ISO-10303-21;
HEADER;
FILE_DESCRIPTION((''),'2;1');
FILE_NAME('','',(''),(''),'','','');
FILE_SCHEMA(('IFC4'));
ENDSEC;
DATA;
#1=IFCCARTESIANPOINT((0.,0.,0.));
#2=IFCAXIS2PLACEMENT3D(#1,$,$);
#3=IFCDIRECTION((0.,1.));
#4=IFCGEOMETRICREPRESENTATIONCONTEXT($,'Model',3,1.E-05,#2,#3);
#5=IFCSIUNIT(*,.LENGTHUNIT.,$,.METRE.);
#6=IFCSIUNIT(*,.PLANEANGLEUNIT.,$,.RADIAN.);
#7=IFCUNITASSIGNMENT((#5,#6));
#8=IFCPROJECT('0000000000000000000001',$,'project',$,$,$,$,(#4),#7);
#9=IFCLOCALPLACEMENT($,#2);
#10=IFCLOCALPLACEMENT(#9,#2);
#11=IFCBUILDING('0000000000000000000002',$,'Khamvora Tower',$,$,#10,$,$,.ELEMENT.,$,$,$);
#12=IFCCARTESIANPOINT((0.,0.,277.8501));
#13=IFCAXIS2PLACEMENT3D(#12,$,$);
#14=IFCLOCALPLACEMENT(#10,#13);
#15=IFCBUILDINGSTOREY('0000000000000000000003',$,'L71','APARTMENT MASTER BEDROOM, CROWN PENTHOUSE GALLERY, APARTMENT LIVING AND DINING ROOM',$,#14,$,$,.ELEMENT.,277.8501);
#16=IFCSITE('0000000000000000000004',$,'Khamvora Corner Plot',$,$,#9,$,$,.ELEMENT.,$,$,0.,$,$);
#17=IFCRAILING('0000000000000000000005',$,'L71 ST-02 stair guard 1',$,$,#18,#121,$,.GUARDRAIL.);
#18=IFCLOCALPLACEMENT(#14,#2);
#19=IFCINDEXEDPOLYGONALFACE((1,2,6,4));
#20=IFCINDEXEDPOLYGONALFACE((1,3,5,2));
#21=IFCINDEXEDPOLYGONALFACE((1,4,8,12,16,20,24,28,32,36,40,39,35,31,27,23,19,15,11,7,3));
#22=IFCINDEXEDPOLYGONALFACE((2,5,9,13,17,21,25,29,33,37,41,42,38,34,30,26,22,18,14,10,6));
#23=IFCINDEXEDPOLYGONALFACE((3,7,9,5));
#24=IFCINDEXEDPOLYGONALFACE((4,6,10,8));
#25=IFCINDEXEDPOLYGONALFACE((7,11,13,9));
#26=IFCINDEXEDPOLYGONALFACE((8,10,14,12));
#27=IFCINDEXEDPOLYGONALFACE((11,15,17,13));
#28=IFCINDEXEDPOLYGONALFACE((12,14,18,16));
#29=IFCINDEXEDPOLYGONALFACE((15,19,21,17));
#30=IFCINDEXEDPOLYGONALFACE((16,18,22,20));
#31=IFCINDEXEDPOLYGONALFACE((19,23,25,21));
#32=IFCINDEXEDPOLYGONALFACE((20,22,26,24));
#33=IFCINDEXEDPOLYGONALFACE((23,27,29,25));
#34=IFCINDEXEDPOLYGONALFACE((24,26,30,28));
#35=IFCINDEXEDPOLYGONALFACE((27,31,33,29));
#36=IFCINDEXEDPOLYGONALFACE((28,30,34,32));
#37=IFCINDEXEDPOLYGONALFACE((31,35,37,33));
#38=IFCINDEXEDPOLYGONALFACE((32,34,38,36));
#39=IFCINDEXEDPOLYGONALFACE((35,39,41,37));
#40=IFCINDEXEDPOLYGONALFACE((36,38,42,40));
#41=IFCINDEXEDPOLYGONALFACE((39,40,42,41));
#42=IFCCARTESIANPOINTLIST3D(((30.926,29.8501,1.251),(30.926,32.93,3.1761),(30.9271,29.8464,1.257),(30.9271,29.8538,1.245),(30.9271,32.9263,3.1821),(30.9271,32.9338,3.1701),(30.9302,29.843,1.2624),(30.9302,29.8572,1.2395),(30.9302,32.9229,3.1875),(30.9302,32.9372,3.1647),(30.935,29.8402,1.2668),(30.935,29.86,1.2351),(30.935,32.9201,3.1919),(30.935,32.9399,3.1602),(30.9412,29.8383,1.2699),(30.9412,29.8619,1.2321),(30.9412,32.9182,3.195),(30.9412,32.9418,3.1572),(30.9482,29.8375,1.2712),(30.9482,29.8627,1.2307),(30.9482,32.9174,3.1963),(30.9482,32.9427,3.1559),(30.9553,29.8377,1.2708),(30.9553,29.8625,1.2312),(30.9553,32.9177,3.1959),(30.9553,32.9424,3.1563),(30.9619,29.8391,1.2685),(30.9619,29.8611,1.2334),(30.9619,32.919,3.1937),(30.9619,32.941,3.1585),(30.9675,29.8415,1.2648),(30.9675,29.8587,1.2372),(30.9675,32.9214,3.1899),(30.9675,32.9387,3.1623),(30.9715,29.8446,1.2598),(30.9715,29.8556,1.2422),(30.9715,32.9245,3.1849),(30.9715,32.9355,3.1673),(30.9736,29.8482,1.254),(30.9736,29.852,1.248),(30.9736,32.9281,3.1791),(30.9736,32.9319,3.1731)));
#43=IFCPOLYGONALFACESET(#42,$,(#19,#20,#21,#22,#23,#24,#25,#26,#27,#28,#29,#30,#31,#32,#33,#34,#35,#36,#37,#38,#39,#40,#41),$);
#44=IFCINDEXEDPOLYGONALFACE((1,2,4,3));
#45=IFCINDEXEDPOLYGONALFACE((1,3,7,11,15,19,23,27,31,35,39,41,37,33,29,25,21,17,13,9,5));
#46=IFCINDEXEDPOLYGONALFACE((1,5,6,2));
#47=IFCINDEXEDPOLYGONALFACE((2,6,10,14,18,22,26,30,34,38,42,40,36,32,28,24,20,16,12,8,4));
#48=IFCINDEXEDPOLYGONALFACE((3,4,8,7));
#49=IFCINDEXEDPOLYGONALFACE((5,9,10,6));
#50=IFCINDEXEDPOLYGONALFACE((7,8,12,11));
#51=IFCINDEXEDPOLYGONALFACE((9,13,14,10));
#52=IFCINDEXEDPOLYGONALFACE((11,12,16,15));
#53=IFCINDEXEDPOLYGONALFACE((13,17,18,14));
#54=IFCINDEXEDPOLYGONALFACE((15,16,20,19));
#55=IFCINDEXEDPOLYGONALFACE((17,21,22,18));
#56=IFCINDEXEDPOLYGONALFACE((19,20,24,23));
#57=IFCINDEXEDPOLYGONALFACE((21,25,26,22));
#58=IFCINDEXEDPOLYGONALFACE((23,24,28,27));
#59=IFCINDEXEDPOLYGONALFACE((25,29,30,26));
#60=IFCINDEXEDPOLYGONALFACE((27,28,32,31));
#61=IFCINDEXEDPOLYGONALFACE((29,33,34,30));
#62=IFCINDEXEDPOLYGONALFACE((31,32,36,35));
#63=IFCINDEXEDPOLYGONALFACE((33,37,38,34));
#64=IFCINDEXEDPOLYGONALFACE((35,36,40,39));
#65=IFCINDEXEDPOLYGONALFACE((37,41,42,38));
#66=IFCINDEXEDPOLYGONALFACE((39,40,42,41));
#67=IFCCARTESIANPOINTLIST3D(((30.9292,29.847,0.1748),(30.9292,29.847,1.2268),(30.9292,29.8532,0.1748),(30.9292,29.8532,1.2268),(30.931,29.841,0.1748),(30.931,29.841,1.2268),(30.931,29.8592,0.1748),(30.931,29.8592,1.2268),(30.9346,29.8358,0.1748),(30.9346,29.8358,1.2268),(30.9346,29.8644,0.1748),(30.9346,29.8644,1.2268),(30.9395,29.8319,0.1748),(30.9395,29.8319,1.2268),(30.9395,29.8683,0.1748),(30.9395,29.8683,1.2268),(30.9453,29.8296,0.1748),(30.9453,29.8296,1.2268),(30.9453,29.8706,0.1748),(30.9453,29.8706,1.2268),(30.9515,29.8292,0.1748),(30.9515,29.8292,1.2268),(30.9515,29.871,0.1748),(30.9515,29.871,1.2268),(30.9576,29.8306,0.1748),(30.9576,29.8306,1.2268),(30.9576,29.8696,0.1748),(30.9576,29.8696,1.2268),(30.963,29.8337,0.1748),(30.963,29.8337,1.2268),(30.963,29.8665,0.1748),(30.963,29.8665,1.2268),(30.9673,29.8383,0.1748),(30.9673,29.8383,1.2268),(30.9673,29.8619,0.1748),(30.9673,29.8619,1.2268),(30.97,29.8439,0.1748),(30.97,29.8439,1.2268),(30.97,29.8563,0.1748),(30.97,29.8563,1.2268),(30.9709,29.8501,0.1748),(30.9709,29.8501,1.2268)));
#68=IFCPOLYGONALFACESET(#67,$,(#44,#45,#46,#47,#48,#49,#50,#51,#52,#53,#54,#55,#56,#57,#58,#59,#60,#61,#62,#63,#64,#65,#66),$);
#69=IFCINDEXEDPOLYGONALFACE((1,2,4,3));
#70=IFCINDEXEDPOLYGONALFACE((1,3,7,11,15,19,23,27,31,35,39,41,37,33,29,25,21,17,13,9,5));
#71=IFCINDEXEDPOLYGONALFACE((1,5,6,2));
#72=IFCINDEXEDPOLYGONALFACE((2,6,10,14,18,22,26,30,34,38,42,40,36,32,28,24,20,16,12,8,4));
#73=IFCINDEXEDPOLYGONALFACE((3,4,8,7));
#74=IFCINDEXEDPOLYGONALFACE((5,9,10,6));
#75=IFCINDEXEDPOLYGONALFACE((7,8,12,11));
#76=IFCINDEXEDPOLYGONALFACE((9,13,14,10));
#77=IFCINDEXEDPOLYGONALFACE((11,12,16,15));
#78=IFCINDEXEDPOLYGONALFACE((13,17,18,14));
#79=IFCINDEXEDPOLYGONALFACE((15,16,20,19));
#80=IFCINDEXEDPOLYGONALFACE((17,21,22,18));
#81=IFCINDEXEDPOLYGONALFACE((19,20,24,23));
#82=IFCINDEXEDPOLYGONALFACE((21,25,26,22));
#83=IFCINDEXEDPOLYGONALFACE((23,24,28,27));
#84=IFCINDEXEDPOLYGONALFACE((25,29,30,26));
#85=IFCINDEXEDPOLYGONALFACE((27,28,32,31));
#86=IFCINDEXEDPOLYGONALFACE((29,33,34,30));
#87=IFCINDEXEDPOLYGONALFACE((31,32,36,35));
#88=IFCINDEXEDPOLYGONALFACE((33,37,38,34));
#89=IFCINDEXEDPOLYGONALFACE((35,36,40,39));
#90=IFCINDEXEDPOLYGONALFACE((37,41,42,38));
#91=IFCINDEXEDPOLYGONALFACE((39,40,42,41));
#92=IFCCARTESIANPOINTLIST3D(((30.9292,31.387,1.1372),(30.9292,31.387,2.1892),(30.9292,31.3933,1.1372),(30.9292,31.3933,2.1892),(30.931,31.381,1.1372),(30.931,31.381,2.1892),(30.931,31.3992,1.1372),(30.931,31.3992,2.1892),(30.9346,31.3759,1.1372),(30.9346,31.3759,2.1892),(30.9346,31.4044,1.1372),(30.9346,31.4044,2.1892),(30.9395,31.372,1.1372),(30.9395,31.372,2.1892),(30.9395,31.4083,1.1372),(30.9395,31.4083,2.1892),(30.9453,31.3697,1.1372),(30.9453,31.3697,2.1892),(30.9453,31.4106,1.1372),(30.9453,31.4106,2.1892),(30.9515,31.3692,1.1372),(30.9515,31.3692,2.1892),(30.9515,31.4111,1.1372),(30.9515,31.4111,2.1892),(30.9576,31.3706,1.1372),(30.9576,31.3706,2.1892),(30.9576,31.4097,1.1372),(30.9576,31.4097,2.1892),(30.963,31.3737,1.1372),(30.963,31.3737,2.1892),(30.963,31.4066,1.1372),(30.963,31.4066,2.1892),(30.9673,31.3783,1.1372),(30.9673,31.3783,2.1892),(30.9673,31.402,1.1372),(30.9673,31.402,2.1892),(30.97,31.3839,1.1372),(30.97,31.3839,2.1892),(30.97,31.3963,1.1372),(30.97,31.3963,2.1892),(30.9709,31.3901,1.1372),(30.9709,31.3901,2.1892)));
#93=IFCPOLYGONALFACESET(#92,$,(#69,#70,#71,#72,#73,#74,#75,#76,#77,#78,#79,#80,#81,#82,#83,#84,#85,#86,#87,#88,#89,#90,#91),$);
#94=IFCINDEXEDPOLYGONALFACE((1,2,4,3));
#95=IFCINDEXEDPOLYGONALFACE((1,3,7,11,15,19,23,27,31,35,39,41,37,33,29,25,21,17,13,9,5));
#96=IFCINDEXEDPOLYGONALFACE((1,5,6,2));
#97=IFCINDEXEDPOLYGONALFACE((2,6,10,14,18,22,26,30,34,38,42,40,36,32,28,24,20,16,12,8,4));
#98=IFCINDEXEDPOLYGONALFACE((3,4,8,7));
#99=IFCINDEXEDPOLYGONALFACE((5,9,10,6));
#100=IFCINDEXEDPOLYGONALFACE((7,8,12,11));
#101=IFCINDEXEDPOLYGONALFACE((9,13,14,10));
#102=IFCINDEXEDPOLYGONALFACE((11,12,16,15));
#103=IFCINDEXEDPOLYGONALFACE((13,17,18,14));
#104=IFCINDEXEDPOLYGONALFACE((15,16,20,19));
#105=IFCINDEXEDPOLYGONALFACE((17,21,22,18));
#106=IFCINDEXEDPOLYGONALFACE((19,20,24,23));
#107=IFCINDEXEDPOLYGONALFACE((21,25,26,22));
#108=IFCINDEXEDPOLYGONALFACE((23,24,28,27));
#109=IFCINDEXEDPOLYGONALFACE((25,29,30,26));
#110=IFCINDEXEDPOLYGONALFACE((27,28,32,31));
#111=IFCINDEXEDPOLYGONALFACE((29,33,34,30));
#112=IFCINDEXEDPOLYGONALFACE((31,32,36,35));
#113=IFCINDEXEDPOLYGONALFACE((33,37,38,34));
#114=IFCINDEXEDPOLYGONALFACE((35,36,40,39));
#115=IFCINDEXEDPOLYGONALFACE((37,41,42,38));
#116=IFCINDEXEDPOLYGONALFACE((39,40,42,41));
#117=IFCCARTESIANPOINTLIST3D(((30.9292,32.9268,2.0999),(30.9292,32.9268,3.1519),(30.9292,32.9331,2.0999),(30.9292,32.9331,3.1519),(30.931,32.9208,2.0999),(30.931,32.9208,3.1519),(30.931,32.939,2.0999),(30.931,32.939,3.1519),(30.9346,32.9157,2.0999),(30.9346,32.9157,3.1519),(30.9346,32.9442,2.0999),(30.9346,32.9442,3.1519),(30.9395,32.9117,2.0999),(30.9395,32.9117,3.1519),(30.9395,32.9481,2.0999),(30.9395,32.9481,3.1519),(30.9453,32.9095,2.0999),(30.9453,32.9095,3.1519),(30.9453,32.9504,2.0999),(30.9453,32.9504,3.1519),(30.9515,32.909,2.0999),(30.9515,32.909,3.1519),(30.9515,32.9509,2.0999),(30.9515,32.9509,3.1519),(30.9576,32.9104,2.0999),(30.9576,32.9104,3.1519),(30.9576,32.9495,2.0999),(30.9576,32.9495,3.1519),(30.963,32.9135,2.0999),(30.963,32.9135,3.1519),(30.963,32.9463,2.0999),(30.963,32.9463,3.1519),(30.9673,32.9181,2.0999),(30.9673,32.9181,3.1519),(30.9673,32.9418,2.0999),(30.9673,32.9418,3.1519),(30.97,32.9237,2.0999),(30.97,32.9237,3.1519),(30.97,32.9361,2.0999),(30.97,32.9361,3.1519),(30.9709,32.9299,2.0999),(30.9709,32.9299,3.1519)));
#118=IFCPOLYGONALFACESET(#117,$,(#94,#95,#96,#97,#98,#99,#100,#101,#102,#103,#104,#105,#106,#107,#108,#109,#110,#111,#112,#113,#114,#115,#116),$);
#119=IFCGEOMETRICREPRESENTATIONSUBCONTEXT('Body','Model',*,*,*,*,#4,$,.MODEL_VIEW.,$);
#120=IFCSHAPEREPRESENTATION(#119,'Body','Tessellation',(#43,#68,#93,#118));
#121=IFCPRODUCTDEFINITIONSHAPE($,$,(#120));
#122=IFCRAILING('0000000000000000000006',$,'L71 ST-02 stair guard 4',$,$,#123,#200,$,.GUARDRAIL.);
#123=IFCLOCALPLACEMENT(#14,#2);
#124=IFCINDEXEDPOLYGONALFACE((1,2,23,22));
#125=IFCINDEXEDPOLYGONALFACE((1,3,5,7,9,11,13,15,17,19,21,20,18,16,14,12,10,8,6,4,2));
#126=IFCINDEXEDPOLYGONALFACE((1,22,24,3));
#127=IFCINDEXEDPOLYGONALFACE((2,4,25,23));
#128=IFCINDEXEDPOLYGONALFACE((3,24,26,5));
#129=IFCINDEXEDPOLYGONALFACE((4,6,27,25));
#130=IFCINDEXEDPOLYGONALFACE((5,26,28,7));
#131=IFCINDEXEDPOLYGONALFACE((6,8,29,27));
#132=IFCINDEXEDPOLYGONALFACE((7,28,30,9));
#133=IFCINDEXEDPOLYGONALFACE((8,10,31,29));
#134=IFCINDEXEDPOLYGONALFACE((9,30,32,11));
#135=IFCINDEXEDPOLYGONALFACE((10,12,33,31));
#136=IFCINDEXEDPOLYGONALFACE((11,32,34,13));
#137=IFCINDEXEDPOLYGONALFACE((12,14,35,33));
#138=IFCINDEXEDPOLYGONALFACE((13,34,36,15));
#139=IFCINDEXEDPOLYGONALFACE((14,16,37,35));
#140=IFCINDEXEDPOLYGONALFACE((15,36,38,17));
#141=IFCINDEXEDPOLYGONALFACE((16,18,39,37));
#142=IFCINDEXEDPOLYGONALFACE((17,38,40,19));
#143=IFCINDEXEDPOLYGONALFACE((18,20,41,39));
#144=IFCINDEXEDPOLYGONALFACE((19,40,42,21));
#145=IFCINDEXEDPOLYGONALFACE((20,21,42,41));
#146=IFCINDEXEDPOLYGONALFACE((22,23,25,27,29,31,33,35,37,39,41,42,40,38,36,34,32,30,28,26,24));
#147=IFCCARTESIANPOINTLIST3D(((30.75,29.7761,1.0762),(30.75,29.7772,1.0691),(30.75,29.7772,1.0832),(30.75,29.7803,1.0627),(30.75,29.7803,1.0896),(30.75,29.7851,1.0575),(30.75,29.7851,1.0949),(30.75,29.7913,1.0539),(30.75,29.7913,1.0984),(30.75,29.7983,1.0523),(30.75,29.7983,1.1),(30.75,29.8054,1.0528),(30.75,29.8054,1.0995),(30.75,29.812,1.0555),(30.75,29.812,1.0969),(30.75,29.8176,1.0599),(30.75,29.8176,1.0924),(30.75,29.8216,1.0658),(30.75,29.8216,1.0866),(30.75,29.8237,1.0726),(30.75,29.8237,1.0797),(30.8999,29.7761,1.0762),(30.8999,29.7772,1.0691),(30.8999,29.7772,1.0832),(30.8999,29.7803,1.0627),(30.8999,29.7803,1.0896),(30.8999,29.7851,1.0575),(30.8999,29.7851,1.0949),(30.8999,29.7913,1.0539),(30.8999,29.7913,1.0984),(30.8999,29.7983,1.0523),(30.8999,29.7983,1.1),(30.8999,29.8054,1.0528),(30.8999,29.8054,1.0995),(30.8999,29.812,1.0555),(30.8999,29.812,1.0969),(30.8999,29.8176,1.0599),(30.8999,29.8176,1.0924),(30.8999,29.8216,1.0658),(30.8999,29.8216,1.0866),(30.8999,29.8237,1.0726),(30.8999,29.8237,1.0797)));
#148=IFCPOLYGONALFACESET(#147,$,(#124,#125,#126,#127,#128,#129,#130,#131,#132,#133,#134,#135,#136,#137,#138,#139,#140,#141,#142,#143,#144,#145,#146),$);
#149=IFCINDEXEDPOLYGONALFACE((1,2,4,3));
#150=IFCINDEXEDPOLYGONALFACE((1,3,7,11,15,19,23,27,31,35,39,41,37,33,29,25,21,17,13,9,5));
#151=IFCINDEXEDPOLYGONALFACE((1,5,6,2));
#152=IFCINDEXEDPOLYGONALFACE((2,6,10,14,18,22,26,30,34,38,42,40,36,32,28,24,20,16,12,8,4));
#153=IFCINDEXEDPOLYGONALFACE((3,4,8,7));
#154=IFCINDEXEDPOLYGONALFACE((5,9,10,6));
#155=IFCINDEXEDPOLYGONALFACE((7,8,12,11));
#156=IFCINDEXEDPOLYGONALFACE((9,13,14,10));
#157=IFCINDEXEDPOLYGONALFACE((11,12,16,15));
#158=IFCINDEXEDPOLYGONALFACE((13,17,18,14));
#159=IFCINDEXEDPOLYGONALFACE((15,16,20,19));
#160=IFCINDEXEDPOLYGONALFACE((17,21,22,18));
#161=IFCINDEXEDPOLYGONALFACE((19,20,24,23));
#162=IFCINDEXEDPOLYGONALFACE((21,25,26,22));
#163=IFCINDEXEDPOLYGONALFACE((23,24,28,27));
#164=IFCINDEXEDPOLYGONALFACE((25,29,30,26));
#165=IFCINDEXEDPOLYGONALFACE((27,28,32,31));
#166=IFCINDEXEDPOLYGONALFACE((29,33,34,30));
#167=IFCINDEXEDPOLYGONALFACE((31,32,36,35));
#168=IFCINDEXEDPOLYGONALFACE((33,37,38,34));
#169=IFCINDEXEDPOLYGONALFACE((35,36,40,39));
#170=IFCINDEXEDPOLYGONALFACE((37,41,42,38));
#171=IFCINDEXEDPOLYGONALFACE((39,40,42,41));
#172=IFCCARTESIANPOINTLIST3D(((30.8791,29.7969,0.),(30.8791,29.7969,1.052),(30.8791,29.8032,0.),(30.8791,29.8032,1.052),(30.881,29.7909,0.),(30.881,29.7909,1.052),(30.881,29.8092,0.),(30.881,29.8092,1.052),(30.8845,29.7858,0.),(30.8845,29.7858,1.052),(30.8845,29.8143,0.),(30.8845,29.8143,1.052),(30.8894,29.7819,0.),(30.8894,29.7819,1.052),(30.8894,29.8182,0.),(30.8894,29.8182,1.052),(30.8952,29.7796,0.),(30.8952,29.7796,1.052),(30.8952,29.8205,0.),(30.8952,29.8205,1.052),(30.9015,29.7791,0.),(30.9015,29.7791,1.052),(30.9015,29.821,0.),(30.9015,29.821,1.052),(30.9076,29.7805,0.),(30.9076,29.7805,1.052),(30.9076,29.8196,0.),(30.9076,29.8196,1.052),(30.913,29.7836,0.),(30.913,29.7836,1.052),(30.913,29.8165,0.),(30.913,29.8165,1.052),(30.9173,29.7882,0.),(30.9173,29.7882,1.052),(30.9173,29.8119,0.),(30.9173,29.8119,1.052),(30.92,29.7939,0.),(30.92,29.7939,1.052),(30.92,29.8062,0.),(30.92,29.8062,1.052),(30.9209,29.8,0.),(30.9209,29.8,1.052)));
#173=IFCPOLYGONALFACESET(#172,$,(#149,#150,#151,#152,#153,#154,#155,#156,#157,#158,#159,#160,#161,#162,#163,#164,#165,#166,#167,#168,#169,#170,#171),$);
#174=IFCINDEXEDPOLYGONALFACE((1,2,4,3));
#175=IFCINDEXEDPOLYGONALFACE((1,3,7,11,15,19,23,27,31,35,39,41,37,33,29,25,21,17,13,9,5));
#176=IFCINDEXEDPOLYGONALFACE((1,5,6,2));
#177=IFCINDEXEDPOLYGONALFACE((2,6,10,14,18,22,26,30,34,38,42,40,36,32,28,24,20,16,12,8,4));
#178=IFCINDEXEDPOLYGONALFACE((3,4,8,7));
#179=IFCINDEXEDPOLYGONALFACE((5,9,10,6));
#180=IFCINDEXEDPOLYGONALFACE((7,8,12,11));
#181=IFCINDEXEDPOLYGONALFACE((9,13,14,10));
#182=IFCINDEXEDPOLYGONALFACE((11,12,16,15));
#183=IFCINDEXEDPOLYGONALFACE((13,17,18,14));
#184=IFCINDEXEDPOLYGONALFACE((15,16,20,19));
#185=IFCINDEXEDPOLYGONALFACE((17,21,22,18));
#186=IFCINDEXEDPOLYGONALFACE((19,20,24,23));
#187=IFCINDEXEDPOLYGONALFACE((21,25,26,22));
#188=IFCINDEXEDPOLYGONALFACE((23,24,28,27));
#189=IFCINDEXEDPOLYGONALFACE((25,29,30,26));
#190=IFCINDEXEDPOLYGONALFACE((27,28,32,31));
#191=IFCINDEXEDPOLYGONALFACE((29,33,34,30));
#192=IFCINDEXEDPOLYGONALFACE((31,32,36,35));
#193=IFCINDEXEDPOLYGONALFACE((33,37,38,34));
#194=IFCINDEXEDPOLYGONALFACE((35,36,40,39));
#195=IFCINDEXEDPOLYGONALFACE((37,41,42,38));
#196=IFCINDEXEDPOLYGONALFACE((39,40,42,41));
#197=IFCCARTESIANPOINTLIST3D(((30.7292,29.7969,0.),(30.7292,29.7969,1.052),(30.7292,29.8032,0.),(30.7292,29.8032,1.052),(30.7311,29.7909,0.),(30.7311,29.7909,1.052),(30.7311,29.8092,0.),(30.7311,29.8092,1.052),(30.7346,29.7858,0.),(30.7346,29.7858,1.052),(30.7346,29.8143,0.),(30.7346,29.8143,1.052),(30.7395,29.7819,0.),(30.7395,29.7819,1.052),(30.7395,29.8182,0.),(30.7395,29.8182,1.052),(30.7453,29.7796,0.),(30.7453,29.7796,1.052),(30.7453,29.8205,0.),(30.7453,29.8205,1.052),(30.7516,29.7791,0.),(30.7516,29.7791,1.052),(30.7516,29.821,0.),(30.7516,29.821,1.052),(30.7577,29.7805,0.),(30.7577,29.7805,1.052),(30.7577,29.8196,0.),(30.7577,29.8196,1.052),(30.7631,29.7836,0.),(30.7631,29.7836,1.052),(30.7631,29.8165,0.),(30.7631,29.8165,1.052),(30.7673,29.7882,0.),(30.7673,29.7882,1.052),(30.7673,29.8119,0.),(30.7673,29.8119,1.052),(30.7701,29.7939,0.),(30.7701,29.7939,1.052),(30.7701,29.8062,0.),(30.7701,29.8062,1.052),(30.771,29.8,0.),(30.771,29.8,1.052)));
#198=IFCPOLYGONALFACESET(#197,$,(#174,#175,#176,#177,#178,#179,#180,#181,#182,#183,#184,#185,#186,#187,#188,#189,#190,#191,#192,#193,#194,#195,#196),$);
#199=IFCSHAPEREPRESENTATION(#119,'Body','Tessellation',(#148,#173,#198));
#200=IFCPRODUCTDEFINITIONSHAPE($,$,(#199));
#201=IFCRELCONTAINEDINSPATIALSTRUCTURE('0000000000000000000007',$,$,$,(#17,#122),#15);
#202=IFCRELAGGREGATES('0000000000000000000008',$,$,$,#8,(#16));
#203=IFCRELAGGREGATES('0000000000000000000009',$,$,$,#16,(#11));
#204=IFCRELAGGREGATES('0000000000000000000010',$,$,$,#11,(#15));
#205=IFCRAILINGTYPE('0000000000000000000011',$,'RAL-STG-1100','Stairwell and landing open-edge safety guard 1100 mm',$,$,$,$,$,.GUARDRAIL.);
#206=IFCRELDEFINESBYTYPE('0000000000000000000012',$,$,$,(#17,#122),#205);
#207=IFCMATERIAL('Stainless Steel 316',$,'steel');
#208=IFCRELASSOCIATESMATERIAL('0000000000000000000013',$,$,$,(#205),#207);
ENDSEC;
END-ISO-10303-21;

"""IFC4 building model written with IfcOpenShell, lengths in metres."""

from ifc_helpers import new_model, si_unit, direction, frame, origin, origin_2d, place, context, subcontext, project, spatial, circle, extrude, material, type_object, element, save


model = new_model("IFC4")

# Units and contexts
model_context = context("Model", 3, precision=1e-05, world=origin(), true_north=direction((0.0, 1.0)))
body_context = subcontext(model_context, "Body", "Model", "MODEL_VIEW")
ifc_project = project(units=[si_unit("LENGTHUNIT", "METRE"), si_unit("PLANEANGLEUNIT", "RADIAN")], contexts=[model_context])

# Site, building, storey
site_placement = place(None, origin())
site = spatial("IfcSite", under=ifc_project, at=site_placement, Name="Khamvora Corner Plot", CompositionType="ELEMENT", RefElevation=0.0)
building_placement = place(site_placement, origin())
building = spatial("IfcBuilding", under=site, at=building_placement, Name="Khamvora Tower", CompositionType="ELEMENT")
storey_placement = place(building_placement, frame((0.0, 0.0, 277.8501)))
storey = spatial("IfcBuildingStorey", under=building, at=storey_placement, Name="L71", Description="APARTMENT MASTER BEDROOM, CROWN PENTHOUSE GALLERY, APARTMENT LIVING AND DINING ROOM", CompositionType="ELEMENT", Elevation=277.8501)

# Railings
ifc_material_1 = material(Name="Stainless Steel 316", Category="steel")
railing_type_1 = type_object("IfcRailingType", Name="RAL-STG-1100", Description="Stairwell and landing open-edge safety guard 1100 mm", PredefinedType="GUARDRAIL", material=ifc_material_1)
railing_1_placement = place(storey_placement, frame((30.95, 29.8501, 0.1748)))
element("IfcRailing", 1, at=railing_1_placement, inside=storey, type_object=railing_type_1, Name="L71 ST-02 stair guard 1", PredefinedType="GUARDRAIL", context=body_context, shape_type="SweptSolid", body=[
    extrude(circle(Radius=0.0239, at=origin_2d()), frame((0.0, 0.0, 1.0762), z_axis=(0.0, 0.847979, 0.530029), x_axis=(-1.0, 0.0, 0.0)), (0.0, 0.0, 1.0), 3.6321),
    extrude(circle(Radius=0.021, at=origin_2d()), origin(), (0.0, 0.0, 1.0), 1.052),
    extrude(circle(Radius=0.021, at=origin_2d()), frame((0.0, 1.54, 0.9624)), (0.0, 0.0, 1.0), 1.052),
    extrude(circle(Radius=0.021, at=origin_2d()), frame((0.0, 3.0798, 1.925)), (0.0, 0.0, 1.0), 1.052),
])
railing_2_placement = place(storey_placement, frame((30.8999, 29.8, 0.0)))
element("IfcRailing", 2, at=railing_2_placement, inside=storey, type_object=railing_type_1, Name="L71 ST-02 stair guard 4", PredefinedType="GUARDRAIL", context=body_context, shape_type="SweptSolid", body=[
    extrude(circle(Radius=0.0239, at=origin_2d()), frame((0.0, 0.0, 1.0762), z_axis=(-1.0, 0.0, 0.0), x_axis=(0.0, -1.0, 0.0)), (0.0, 0.0, 1.0), 0.1499),
    extrude(circle(Radius=0.021, at=origin_2d()), origin(), (0.0, 0.0, 1.0), 1.052),
    extrude(circle(Radius=0.021, at=origin_2d()), frame((-0.1499, 0.0, 0.0)), (0.0, 0.0, 1.0), 1.052),
])

save(model, "model.ifc")
